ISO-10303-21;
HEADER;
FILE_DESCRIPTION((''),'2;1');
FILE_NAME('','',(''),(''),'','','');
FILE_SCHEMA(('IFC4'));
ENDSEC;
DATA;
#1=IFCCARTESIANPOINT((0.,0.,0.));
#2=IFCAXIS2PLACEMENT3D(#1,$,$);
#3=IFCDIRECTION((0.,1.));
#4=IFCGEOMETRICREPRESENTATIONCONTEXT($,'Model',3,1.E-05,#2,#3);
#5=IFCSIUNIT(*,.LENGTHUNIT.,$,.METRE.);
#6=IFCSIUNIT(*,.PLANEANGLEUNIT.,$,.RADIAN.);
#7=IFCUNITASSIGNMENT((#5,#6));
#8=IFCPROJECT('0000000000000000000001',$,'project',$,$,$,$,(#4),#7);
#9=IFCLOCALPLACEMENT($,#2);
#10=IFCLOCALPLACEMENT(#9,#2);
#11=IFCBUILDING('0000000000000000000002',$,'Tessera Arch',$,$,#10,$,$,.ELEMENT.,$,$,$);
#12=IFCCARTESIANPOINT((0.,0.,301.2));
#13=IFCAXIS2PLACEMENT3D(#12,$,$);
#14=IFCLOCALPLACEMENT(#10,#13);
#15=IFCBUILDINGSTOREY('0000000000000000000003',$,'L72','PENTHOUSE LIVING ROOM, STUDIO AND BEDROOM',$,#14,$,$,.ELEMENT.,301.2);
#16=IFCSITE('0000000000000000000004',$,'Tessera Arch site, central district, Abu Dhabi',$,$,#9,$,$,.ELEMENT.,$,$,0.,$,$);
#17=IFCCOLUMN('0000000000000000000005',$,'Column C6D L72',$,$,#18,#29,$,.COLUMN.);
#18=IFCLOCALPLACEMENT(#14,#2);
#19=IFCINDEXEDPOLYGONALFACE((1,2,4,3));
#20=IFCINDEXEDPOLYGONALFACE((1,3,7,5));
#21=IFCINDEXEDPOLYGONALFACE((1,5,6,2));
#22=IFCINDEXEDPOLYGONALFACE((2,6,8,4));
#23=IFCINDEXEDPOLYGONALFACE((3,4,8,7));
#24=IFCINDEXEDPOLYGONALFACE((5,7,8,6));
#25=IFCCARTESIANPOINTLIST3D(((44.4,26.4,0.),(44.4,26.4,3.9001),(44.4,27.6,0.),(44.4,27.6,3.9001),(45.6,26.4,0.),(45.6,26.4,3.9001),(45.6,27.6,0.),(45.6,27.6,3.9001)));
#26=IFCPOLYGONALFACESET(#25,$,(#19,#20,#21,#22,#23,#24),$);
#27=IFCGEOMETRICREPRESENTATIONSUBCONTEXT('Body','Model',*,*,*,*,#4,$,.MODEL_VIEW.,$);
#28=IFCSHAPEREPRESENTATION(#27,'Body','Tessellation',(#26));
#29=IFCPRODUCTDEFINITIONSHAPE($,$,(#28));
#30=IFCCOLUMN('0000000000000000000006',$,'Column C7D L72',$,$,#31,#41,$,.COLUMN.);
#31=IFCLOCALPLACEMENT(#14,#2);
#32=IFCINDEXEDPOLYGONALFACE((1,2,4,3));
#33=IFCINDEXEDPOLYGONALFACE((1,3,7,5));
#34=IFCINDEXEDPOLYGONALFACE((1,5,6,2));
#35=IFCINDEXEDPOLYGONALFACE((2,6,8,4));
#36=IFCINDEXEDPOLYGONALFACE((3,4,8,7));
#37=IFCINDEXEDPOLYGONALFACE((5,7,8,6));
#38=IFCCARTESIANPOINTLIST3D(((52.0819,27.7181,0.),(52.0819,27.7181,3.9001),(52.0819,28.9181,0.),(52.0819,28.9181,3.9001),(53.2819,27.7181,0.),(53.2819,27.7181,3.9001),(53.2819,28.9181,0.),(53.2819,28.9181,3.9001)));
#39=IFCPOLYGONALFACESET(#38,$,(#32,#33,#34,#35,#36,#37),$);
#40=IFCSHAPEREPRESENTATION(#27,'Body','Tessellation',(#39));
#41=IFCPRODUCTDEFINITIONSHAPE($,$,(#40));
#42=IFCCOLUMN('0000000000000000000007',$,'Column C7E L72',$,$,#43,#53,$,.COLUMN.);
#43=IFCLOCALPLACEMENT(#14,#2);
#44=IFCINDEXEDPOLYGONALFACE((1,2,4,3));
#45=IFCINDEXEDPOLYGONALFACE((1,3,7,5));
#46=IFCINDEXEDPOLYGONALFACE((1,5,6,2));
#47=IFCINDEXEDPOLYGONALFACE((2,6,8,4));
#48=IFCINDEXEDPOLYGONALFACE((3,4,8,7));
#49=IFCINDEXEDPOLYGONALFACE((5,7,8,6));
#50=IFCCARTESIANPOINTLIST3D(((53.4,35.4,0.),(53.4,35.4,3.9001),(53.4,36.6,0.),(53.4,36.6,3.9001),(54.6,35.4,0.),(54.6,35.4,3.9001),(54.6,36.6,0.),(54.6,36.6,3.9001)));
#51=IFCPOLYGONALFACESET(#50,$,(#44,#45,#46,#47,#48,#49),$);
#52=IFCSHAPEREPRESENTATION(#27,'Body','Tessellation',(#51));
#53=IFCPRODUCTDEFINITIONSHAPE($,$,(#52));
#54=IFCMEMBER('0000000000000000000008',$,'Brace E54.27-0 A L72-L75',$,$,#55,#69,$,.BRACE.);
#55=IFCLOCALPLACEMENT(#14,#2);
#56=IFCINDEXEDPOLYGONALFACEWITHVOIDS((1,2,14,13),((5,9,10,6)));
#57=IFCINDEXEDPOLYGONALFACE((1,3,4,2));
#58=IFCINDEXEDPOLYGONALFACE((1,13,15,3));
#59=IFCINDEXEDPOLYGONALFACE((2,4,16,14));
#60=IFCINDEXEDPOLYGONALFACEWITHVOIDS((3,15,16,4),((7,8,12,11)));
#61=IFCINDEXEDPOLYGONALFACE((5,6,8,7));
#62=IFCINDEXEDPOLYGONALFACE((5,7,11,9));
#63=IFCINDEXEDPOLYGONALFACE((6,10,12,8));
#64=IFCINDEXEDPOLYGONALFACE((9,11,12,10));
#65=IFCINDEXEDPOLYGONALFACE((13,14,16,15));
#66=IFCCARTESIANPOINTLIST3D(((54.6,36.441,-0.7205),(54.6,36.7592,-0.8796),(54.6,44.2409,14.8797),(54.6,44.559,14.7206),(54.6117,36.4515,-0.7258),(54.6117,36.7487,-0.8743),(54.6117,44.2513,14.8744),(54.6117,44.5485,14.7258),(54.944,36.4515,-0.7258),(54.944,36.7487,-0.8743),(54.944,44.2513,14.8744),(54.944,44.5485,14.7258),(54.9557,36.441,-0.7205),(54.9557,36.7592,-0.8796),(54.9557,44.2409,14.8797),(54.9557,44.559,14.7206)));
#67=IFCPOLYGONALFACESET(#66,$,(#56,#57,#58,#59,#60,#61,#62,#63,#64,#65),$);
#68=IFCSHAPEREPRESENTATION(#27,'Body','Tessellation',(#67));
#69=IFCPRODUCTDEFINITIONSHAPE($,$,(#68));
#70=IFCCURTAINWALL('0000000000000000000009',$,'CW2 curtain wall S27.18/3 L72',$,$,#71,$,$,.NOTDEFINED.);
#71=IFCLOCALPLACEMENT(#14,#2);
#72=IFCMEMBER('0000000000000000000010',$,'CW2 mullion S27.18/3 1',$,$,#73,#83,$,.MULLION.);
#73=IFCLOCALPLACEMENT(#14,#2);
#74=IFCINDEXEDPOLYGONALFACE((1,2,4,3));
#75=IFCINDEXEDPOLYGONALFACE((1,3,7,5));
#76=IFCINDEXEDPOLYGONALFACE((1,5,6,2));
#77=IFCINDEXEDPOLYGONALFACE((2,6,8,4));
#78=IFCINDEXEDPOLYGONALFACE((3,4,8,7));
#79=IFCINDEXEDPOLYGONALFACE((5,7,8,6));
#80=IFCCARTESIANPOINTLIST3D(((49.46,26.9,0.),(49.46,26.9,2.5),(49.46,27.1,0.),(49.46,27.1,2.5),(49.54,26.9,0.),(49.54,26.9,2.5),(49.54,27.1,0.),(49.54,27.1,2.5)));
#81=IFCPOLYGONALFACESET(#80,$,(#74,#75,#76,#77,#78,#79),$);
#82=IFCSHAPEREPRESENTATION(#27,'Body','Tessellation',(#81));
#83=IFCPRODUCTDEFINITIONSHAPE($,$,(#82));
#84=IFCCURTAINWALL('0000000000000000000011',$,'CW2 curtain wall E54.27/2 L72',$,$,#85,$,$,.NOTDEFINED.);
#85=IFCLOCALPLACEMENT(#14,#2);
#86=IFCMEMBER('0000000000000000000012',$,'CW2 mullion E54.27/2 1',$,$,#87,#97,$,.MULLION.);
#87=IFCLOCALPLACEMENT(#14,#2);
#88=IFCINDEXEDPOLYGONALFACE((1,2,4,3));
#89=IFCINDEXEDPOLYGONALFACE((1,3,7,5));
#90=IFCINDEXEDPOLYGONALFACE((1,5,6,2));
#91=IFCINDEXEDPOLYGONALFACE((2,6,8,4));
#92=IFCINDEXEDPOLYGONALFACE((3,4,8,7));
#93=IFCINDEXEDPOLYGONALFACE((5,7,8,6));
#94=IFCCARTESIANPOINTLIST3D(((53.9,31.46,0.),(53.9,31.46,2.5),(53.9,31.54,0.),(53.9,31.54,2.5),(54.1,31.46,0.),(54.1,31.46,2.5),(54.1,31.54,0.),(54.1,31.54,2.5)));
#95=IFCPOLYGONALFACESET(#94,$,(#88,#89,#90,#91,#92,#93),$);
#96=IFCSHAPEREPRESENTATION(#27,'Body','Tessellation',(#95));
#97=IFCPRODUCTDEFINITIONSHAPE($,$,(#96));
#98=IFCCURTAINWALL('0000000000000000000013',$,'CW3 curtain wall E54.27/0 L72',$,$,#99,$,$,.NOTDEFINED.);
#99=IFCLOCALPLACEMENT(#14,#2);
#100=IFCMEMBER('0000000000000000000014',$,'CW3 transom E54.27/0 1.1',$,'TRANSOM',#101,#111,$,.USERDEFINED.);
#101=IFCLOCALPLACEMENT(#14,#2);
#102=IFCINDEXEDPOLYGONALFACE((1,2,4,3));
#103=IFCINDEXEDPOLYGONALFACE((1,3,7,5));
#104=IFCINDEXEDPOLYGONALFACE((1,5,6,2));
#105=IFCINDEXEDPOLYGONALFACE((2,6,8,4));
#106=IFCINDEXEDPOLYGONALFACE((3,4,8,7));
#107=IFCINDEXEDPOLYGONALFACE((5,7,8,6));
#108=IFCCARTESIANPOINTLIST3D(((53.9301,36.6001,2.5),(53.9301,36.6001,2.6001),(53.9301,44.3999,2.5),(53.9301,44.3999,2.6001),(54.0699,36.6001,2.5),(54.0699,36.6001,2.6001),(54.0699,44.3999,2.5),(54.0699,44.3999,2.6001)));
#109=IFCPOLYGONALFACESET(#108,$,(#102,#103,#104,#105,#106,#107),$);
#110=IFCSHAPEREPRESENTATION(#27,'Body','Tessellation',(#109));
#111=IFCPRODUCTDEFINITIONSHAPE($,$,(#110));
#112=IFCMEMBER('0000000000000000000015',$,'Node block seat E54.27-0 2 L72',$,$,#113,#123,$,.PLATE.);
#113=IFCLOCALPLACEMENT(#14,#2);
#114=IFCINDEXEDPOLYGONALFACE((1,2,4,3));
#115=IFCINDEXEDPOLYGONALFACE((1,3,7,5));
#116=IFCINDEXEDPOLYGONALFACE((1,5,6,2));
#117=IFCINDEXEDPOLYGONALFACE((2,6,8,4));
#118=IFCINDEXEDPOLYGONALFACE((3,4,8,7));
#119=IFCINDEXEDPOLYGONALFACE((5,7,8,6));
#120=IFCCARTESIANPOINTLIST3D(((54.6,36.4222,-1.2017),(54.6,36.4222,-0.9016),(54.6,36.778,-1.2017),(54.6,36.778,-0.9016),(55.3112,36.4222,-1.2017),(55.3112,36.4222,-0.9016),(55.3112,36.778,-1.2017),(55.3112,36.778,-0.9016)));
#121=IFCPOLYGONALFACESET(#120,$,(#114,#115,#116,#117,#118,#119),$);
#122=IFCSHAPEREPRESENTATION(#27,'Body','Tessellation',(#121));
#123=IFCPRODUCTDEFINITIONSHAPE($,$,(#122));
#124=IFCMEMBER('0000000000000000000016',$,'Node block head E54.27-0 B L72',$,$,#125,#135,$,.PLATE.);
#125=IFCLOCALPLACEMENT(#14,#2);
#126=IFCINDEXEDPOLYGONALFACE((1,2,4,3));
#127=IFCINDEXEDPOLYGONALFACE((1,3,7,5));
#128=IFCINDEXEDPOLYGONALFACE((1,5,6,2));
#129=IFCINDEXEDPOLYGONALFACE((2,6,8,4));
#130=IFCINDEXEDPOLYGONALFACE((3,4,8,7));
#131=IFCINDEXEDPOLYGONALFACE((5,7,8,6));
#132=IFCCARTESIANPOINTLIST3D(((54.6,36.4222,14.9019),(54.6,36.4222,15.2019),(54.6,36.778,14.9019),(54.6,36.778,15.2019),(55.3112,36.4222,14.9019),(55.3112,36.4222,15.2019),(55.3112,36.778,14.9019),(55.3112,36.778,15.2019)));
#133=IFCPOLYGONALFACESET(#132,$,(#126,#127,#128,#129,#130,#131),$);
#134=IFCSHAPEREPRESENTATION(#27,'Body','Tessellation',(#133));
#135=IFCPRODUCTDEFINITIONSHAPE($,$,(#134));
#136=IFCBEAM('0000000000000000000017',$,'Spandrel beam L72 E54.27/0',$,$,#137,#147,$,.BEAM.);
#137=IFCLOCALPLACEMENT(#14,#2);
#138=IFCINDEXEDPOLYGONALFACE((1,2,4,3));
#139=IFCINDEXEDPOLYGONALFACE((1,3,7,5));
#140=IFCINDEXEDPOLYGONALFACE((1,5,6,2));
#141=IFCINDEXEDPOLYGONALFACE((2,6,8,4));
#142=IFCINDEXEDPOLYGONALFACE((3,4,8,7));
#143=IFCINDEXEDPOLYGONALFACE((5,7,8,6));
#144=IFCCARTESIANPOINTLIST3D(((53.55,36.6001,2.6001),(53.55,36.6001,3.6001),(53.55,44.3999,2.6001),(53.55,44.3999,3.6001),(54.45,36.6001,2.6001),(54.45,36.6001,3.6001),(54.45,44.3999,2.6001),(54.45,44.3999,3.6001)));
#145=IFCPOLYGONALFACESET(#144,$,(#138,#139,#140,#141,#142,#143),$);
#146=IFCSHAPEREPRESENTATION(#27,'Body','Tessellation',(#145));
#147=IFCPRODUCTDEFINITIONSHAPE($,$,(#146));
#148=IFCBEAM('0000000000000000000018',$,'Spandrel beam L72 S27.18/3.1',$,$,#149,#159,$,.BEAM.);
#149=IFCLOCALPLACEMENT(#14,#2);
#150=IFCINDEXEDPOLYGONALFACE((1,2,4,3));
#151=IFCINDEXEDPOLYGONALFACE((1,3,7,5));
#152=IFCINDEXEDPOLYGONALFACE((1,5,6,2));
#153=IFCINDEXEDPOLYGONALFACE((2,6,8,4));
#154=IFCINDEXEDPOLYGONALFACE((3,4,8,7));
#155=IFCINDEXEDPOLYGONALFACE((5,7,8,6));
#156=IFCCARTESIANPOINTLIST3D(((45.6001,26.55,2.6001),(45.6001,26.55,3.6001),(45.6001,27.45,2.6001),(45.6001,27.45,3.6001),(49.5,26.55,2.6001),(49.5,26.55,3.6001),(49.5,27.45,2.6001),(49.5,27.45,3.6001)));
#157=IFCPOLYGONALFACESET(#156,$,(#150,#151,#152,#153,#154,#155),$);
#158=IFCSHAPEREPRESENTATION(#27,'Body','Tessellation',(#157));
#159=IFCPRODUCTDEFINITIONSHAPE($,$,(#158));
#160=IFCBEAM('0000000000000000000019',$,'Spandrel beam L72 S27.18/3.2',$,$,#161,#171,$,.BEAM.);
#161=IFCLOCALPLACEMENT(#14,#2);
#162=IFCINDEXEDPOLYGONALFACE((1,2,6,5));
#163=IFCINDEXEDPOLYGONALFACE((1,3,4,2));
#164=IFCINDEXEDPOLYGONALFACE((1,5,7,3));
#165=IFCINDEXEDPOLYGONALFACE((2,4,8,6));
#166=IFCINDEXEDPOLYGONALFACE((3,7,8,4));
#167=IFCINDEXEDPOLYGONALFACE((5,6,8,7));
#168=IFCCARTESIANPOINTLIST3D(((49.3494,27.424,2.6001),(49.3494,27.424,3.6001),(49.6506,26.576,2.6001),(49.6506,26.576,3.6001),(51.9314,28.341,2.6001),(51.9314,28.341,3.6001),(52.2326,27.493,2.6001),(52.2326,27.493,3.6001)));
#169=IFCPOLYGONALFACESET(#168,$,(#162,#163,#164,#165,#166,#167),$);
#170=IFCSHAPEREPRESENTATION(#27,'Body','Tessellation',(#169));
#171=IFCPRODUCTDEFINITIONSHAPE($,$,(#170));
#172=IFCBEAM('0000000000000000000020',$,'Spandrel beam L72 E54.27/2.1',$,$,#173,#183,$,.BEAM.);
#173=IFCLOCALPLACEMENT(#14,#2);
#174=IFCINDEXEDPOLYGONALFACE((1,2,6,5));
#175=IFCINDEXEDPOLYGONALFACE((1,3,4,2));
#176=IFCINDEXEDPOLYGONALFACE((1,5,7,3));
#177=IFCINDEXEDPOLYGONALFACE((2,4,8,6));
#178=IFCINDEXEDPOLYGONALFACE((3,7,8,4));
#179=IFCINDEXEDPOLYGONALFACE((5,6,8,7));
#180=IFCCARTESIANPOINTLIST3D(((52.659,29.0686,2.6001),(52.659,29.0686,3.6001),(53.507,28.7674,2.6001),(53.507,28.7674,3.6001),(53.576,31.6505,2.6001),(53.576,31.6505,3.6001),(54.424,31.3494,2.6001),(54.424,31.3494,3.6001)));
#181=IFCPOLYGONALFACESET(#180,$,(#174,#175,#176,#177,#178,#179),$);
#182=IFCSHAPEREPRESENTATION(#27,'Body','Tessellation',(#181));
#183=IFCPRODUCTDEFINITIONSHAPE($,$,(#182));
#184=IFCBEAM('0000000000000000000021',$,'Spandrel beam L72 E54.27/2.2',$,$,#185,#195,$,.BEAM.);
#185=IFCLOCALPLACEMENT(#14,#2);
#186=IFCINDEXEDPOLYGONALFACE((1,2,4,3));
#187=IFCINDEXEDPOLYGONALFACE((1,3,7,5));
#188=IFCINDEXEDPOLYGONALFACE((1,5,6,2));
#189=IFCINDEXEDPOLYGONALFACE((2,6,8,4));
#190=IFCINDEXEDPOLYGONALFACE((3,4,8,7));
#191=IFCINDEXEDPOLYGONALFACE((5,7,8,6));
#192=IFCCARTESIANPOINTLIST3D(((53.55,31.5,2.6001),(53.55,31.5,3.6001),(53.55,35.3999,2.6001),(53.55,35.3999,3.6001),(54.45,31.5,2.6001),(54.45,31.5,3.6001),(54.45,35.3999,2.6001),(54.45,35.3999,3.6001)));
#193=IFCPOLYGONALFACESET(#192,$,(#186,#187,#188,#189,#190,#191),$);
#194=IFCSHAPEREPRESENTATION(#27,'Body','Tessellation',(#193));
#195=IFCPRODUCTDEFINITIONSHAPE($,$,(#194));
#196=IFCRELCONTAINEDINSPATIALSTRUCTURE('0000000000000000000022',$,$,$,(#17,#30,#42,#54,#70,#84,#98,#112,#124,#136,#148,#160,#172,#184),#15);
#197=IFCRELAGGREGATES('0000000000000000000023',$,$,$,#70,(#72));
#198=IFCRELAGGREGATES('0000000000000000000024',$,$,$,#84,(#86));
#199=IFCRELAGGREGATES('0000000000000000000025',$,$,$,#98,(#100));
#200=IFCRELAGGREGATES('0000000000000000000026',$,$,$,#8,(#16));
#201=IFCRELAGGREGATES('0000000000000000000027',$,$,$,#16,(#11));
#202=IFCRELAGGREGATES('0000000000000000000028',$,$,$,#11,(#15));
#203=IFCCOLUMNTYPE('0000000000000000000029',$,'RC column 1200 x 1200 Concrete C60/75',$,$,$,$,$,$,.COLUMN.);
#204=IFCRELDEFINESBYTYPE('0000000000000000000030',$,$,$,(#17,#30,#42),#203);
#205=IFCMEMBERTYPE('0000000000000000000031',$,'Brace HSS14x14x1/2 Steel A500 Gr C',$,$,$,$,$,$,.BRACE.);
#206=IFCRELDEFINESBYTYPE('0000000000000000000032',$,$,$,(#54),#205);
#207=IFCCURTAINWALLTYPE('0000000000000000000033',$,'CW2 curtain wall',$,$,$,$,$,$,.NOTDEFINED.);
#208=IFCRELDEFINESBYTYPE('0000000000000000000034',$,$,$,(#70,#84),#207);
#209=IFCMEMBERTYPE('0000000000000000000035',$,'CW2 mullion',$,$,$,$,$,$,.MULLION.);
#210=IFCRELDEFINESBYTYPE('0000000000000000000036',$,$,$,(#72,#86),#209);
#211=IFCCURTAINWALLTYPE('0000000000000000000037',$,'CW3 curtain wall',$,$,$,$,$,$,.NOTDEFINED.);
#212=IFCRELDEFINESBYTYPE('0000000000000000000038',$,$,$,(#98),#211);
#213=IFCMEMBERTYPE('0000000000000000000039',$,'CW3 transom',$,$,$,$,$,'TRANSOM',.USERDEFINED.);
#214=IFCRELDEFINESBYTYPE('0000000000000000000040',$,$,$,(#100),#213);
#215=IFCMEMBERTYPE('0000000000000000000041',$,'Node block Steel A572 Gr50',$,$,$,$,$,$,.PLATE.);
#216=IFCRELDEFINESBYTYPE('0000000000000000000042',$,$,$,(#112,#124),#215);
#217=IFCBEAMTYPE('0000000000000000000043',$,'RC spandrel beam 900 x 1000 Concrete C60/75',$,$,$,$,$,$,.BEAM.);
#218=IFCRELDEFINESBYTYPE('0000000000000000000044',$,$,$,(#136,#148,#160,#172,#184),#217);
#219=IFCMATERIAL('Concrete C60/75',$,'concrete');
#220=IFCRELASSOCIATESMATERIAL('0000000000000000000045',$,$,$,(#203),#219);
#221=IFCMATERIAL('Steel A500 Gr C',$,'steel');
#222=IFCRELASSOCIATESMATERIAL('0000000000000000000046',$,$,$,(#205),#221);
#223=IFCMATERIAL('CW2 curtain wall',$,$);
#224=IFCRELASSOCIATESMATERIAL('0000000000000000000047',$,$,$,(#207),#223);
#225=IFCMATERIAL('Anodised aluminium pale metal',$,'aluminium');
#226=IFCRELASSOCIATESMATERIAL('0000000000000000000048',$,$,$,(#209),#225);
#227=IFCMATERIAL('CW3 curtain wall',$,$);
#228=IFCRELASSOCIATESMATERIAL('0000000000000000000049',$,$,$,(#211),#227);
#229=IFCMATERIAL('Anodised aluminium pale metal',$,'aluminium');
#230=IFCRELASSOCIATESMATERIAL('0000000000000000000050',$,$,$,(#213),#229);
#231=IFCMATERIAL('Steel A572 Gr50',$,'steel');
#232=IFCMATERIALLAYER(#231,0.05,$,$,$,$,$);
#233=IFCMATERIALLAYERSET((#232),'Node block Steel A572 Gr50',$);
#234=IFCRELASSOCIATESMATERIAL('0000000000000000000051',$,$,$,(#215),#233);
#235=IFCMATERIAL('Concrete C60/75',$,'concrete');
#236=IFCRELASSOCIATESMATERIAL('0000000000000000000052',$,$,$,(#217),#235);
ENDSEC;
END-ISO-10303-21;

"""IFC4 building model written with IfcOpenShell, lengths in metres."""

from ifc_helpers import new_model, si_unit, direction, frame, origin, origin_2d, place, context, subcontext, project, spatial, rectangle, hollow_rectangle, extrude, material, layer, layer_set, material_profile, profile_set, type_object, element, aggregate, save


model = new_model("IFC4")

# Units and contexts
model_context = context("Model", 3, precision=1e-05, world=origin(), true_north=direction((0.0, 1.0)))
body_context = subcontext(model_context, "Body", "Model", "MODEL_VIEW")
ifc_project = project(units=[si_unit("LENGTHUNIT", "METRE"), si_unit("PLANEANGLEUNIT", "RADIAN")], contexts=[model_context])

# Site, building, storey
site_placement = place(None, origin())
site = spatial("IfcSite", under=ifc_project, at=site_placement, Name="Tessera Arch site, central district, Abu Dhabi", CompositionType="ELEMENT", RefElevation=0.0)
building_placement = place(site_placement, origin())
building = spatial("IfcBuilding", under=site, at=building_placement, Name="Tessera Arch", CompositionType="ELEMENT")
storey_placement = place(building_placement, frame((0.0, 0.0, 301.2)))
storey = spatial("IfcBuildingStorey", under=building, at=storey_placement, Name="L72", Description="PENTHOUSE LIVING ROOM, STUDIO AND BEDROOM", CompositionType="ELEMENT", Elevation=301.2)

# Columns
ifc_material_1 = material(Name="Concrete C60/75", Category="concrete")
ifc_material_profile_1 = material_profile(ifc_material_1, rectangle(XDim=1.2, YDim=1.2, at=origin_2d()), Name="RC column 1200 x 1200 Concrete C60/75")
ifc_profile_set_1 = profile_set([ifc_material_profile_1], Name="Concrete C60/75")
column_type = type_object("IfcColumnType", Name="RC column 1200 x 1200 Concrete C60/75", PredefinedType="COLUMN", material=ifc_profile_set_1)
for number, where, z_axis, x_axis, name in (
    (1, (45.0, 27.0, 0.0), (0.0, 0.0, 1.0), (1.0, 0.0, 0.0), "Column C6D L72"),
    (2, (52.6819, 28.3181, 0.0), (0.0, 0.0, 1.0), (1.0, 0.0, 0.0), "Column C7D L72"),
    (3, (54.0, 36.0, 0.0), (0.0, 0.0, 1.0), (1.0, 0.0, 0.0), "Column C7E L72"),
):
    element("IfcColumn", number, at=place(storey_placement, frame(where, z_axis=z_axis, x_axis=x_axis)), inside=storey, type_object=column_type, Name=name, PredefinedType="COLUMN", context=body_context, shape_type="SweptSolid", body=[
        extrude(rectangle(XDim=1.2, YDim=1.2, at=origin_2d()), origin(), (0.0, 0.0, 1.0), 3.9001),
    ])

# Member
ifc_material_2 = material(Name="Steel A500 Gr C", Category="steel")
ifc_material_profile_2 = material_profile(ifc_material_2, hollow_rectangle(XDim=0.3557, YDim=0.3557, WallThickness=0.0117, at=origin_2d()), Name="HSS14x14x1/2")
ifc_profile_set_2 = profile_set([ifc_material_profile_2], Name="Steel A500 Gr C")
member_type_1 = type_object("IfcMemberType", Name="Brace HSS14x14x1/2 Steel A500 Gr C", PredefinedType="BRACE", material=ifc_profile_set_2)
member_1_placement = place(storey_placement, frame((54.7778, 36.6001, -0.8), z_axis=(0.0, 0.447202, 0.894433), x_axis=(-1.0, 0.0, 0.0)))
element("IfcMember", 4, at=member_1_placement, inside=storey, type_object=member_type_1, Name="Brace E54.27-0 A L72-L75", PredefinedType="BRACE", context=body_context, shape_type="SweptSolid", body=[
    extrude(hollow_rectangle(XDim=0.3557, YDim=0.3557, WallThickness=0.0117, at=origin_2d()), origin(), (0.0, 0.0, 1.0), 17.4414),
])

# Curtain walls, members
ifc_material_3 = material(Name="CW2 curtain wall")
curtain_wall_type_1 = type_object("IfcCurtainWallType", Name="CW2 curtain wall", PredefinedType="NOTDEFINED", material=ifc_material_3)
curtain_wall_1_placement = place(storey_placement, origin())
curtain_wall_1 = element("IfcCurtainWall", 5, at=curtain_wall_1_placement, inside=storey, type_object=curtain_wall_type_1, Name="CW2 curtain wall S27.18/3 L72", PredefinedType="NOTDEFINED")
ifc_material_4 = material(Name="Anodised aluminium pale metal", Category="aluminium")
ifc_material_profile_3 = material_profile(ifc_material_4, rectangle(XDim=0.2, YDim=0.0801, at=origin_2d()), Name="AL 80x200")
ifc_profile_set_3 = profile_set([ifc_material_profile_3], Name="Anodised aluminium pale metal")
member_type_2 = type_object("IfcMemberType", Name="CW2 mullion", PredefinedType="MULLION", material=ifc_profile_set_3)
member_2_placement = place(storey_placement, frame((49.5, 27.0, 0.0), z_axis=(0.0, 0.0, 1.0), x_axis=(0.0, 1.0, 0.0)))
member_2 = element("IfcMember", 6, at=member_2_placement, type_object=member_type_2, Name="CW2 mullion S27.18/3 1", PredefinedType="MULLION", context=body_context, shape_type="SweptSolid", body=[
    extrude(rectangle(XDim=0.2, YDim=0.0801, at=origin_2d()), origin(), (0.0, 0.0, 1.0), 2.5),
])
curtain_wall_2_placement = place(storey_placement, origin())
curtain_wall_2 = element("IfcCurtainWall", 7, at=curtain_wall_2_placement, inside=storey, type_object=curtain_wall_type_1, Name="CW2 curtain wall E54.27/2 L72", PredefinedType="NOTDEFINED")
member_3_placement = place(storey_placement, frame((54.0, 31.5, 0.0), z_axis=(0.0, 0.0, 1.0), x_axis=(-1.0, 0.0, 0.0)))
member_3 = element("IfcMember", 8, at=member_3_placement, type_object=member_type_2, Name="CW2 mullion E54.27/2 1", PredefinedType="MULLION", context=body_context, shape_type="SweptSolid", body=[
    extrude(rectangle(XDim=0.2, YDim=0.0801, at=origin_2d()), origin(), (0.0, 0.0, 1.0), 2.5),
])
ifc_material_5 = material(Name="CW3 curtain wall")
curtain_wall_type_2 = type_object("IfcCurtainWallType", Name="CW3 curtain wall", PredefinedType="NOTDEFINED", material=ifc_material_5)
curtain_wall_3_placement = place(storey_placement, origin())
curtain_wall_3 = element("IfcCurtainWall", 9, at=curtain_wall_3_placement, inside=storey, type_object=curtain_wall_type_2, Name="CW3 curtain wall E54.27/0 L72", PredefinedType="NOTDEFINED")
ifc_material_6 = material(Name="Anodised aluminium pale metal", Category="aluminium")
ifc_material_profile_4 = material_profile(ifc_material_6, rectangle(XDim=0.1399, YDim=0.1001, at=origin_2d()), Name="AL 140x100")
ifc_profile_set_4 = profile_set([ifc_material_profile_4], Name="Anodised aluminium pale metal")
member_type_3 = type_object("IfcMemberType", Name="CW3 transom", ElementType="TRANSOM", PredefinedType="USERDEFINED", material=ifc_profile_set_4)
member_4_placement = place(storey_placement, frame((54.0, 36.6001, 2.55), z_axis=(0.0, 1.0, 0.0), x_axis=(-1.0, 0.0, 0.0)))
member_4 = element("IfcMember", 10, at=member_4_placement, type_object=member_type_3, Name="CW3 transom E54.27/0 1.1", ObjectType="TRANSOM", PredefinedType="USERDEFINED", context=body_context, shape_type="SweptSolid", body=[
    extrude(rectangle(XDim=0.1399, YDim=0.1001, at=origin_2d()), origin(), (0.0, 0.0, 1.0), 7.7998),
])

# Members
ifc_material_7 = material(Name="Steel A572 Gr50", Category="steel")
ifc_layer_1 = layer(ifc_material_7, 0.05)
ifc_layer_set_1 = layer_set([ifc_layer_1], Name="Node block Steel A572 Gr50")
member_type_4 = type_object("IfcMemberType", Name="Node block Steel A572 Gr50", PredefinedType="PLATE", material=ifc_layer_set_1)
for number, where, z_axis, x_axis, name in (
    (11, (54.9556, 36.6001, -1.2017), (0.0, 0.0, 1.0), (0.0, 1.0, 0.0), "Node block seat E54.27-0 2 L72"),
    (12, (54.9556, 36.6001, 14.9019), (0.0, 0.0, 1.0), (0.0, 1.0, 0.0), "Node block head E54.27-0 B L72"),
):
    element("IfcMember", number, at=place(storey_placement, frame(where, z_axis=z_axis, x_axis=x_axis)), inside=storey, type_object=member_type_4, Name=name, PredefinedType="PLATE", context=body_context, shape_type="SweptSolid", body=[
        extrude(rectangle(XDim=0.3557, YDim=0.7112, at=origin_2d()), origin(), (0.0, 0.0, 1.0), 0.3),
    ])

# Beams
ifc_material_8 = material(Name="Concrete C60/75", Category="concrete")
ifc_material_profile_5 = material_profile(ifc_material_8, rectangle(XDim=0.8999, YDim=1.0, at=origin_2d()), Name="RC spandrel beam 900 x 1000 Concrete C60/75")
ifc_profile_set_5 = profile_set([ifc_material_profile_5], Name="Concrete C60/75")
beam_type = type_object("IfcBeamType", Name="RC spandrel beam 900 x 1000 Concrete C60/75", PredefinedType="BEAM", material=ifc_profile_set_5)
beam_1_placement = place(storey_placement, frame((54.0, 36.6001, 3.1001), z_axis=(0.0, 1.0, 0.0), x_axis=(-1.0, 0.0, 0.0)))
element("IfcBeam", 13, at=beam_1_placement, inside=storey, type_object=beam_type, Name="Spandrel beam L72 E54.27/0", PredefinedType="BEAM", context=body_context, shape_type="SweptSolid", body=[
    extrude(rectangle(XDim=0.8999, YDim=1.0, at=origin_2d()), origin(), (0.0, 0.0, 1.0), 7.7998),
])
beam_2_placement = place(storey_placement, frame((45.6001, 27.0, 3.1001), z_axis=(1.0, 0.0, 0.0), x_axis=(0.0, 1.0, 0.0)))
element("IfcBeam", 14, at=beam_2_placement, inside=storey, type_object=beam_type, Name="Spandrel beam L72 S27.18/3.1", PredefinedType="BEAM", context=body_context, shape_type="SweptSolid", body=[
    extrude(rectangle(XDim=0.8999, YDim=1.0, at=origin_2d()), origin(), (0.0, 0.0, 1.0), 3.8999),
])
for number, where, z_axis, x_axis, name in (
    (15, (49.5, 27.0, 3.1001), (0.942337, 0.334665, 0.0), (-0.334665, 0.942337, 0.0), "Spandrel beam L72 S27.18/3.2"),
    (16, (53.083, 28.918, 3.1001), (0.334665, 0.942337, 0.0), (-0.942337, 0.334665, 0.0), "Spandrel beam L72 E54.27/2.1"),
):
    element("IfcBeam", number, at=place(storey_placement, frame(where, z_axis=z_axis, x_axis=x_axis)), inside=storey, type_object=beam_type, Name=name, PredefinedType="BEAM", context=body_context, shape_type="SweptSolid", body=[
        extrude(rectangle(XDim=0.8999, YDim=1.0, at=origin_2d()), origin(), (0.0, 0.0, 1.0), 2.74),
    ])
beam_3_placement = place(storey_placement, frame((54.0, 31.5, 3.1001), z_axis=(0.0, 1.0, 0.0), x_axis=(-1.0, 0.0, 0.0)))
element("IfcBeam", 17, at=beam_3_placement, inside=storey, type_object=beam_type, Name="Spandrel beam L72 E54.27/2.2", PredefinedType="BEAM", context=body_context, shape_type="SweptSolid", body=[
    extrude(rectangle(XDim=0.8999, YDim=1.0, at=origin_2d()), origin(), (0.0, 0.0, 1.0), 3.8999),
])

aggregate(curtain_wall_1, [member_2])
aggregate(curtain_wall_2, [member_3])
aggregate(curtain_wall_3, [member_4])

save(model, "model.ifc")
